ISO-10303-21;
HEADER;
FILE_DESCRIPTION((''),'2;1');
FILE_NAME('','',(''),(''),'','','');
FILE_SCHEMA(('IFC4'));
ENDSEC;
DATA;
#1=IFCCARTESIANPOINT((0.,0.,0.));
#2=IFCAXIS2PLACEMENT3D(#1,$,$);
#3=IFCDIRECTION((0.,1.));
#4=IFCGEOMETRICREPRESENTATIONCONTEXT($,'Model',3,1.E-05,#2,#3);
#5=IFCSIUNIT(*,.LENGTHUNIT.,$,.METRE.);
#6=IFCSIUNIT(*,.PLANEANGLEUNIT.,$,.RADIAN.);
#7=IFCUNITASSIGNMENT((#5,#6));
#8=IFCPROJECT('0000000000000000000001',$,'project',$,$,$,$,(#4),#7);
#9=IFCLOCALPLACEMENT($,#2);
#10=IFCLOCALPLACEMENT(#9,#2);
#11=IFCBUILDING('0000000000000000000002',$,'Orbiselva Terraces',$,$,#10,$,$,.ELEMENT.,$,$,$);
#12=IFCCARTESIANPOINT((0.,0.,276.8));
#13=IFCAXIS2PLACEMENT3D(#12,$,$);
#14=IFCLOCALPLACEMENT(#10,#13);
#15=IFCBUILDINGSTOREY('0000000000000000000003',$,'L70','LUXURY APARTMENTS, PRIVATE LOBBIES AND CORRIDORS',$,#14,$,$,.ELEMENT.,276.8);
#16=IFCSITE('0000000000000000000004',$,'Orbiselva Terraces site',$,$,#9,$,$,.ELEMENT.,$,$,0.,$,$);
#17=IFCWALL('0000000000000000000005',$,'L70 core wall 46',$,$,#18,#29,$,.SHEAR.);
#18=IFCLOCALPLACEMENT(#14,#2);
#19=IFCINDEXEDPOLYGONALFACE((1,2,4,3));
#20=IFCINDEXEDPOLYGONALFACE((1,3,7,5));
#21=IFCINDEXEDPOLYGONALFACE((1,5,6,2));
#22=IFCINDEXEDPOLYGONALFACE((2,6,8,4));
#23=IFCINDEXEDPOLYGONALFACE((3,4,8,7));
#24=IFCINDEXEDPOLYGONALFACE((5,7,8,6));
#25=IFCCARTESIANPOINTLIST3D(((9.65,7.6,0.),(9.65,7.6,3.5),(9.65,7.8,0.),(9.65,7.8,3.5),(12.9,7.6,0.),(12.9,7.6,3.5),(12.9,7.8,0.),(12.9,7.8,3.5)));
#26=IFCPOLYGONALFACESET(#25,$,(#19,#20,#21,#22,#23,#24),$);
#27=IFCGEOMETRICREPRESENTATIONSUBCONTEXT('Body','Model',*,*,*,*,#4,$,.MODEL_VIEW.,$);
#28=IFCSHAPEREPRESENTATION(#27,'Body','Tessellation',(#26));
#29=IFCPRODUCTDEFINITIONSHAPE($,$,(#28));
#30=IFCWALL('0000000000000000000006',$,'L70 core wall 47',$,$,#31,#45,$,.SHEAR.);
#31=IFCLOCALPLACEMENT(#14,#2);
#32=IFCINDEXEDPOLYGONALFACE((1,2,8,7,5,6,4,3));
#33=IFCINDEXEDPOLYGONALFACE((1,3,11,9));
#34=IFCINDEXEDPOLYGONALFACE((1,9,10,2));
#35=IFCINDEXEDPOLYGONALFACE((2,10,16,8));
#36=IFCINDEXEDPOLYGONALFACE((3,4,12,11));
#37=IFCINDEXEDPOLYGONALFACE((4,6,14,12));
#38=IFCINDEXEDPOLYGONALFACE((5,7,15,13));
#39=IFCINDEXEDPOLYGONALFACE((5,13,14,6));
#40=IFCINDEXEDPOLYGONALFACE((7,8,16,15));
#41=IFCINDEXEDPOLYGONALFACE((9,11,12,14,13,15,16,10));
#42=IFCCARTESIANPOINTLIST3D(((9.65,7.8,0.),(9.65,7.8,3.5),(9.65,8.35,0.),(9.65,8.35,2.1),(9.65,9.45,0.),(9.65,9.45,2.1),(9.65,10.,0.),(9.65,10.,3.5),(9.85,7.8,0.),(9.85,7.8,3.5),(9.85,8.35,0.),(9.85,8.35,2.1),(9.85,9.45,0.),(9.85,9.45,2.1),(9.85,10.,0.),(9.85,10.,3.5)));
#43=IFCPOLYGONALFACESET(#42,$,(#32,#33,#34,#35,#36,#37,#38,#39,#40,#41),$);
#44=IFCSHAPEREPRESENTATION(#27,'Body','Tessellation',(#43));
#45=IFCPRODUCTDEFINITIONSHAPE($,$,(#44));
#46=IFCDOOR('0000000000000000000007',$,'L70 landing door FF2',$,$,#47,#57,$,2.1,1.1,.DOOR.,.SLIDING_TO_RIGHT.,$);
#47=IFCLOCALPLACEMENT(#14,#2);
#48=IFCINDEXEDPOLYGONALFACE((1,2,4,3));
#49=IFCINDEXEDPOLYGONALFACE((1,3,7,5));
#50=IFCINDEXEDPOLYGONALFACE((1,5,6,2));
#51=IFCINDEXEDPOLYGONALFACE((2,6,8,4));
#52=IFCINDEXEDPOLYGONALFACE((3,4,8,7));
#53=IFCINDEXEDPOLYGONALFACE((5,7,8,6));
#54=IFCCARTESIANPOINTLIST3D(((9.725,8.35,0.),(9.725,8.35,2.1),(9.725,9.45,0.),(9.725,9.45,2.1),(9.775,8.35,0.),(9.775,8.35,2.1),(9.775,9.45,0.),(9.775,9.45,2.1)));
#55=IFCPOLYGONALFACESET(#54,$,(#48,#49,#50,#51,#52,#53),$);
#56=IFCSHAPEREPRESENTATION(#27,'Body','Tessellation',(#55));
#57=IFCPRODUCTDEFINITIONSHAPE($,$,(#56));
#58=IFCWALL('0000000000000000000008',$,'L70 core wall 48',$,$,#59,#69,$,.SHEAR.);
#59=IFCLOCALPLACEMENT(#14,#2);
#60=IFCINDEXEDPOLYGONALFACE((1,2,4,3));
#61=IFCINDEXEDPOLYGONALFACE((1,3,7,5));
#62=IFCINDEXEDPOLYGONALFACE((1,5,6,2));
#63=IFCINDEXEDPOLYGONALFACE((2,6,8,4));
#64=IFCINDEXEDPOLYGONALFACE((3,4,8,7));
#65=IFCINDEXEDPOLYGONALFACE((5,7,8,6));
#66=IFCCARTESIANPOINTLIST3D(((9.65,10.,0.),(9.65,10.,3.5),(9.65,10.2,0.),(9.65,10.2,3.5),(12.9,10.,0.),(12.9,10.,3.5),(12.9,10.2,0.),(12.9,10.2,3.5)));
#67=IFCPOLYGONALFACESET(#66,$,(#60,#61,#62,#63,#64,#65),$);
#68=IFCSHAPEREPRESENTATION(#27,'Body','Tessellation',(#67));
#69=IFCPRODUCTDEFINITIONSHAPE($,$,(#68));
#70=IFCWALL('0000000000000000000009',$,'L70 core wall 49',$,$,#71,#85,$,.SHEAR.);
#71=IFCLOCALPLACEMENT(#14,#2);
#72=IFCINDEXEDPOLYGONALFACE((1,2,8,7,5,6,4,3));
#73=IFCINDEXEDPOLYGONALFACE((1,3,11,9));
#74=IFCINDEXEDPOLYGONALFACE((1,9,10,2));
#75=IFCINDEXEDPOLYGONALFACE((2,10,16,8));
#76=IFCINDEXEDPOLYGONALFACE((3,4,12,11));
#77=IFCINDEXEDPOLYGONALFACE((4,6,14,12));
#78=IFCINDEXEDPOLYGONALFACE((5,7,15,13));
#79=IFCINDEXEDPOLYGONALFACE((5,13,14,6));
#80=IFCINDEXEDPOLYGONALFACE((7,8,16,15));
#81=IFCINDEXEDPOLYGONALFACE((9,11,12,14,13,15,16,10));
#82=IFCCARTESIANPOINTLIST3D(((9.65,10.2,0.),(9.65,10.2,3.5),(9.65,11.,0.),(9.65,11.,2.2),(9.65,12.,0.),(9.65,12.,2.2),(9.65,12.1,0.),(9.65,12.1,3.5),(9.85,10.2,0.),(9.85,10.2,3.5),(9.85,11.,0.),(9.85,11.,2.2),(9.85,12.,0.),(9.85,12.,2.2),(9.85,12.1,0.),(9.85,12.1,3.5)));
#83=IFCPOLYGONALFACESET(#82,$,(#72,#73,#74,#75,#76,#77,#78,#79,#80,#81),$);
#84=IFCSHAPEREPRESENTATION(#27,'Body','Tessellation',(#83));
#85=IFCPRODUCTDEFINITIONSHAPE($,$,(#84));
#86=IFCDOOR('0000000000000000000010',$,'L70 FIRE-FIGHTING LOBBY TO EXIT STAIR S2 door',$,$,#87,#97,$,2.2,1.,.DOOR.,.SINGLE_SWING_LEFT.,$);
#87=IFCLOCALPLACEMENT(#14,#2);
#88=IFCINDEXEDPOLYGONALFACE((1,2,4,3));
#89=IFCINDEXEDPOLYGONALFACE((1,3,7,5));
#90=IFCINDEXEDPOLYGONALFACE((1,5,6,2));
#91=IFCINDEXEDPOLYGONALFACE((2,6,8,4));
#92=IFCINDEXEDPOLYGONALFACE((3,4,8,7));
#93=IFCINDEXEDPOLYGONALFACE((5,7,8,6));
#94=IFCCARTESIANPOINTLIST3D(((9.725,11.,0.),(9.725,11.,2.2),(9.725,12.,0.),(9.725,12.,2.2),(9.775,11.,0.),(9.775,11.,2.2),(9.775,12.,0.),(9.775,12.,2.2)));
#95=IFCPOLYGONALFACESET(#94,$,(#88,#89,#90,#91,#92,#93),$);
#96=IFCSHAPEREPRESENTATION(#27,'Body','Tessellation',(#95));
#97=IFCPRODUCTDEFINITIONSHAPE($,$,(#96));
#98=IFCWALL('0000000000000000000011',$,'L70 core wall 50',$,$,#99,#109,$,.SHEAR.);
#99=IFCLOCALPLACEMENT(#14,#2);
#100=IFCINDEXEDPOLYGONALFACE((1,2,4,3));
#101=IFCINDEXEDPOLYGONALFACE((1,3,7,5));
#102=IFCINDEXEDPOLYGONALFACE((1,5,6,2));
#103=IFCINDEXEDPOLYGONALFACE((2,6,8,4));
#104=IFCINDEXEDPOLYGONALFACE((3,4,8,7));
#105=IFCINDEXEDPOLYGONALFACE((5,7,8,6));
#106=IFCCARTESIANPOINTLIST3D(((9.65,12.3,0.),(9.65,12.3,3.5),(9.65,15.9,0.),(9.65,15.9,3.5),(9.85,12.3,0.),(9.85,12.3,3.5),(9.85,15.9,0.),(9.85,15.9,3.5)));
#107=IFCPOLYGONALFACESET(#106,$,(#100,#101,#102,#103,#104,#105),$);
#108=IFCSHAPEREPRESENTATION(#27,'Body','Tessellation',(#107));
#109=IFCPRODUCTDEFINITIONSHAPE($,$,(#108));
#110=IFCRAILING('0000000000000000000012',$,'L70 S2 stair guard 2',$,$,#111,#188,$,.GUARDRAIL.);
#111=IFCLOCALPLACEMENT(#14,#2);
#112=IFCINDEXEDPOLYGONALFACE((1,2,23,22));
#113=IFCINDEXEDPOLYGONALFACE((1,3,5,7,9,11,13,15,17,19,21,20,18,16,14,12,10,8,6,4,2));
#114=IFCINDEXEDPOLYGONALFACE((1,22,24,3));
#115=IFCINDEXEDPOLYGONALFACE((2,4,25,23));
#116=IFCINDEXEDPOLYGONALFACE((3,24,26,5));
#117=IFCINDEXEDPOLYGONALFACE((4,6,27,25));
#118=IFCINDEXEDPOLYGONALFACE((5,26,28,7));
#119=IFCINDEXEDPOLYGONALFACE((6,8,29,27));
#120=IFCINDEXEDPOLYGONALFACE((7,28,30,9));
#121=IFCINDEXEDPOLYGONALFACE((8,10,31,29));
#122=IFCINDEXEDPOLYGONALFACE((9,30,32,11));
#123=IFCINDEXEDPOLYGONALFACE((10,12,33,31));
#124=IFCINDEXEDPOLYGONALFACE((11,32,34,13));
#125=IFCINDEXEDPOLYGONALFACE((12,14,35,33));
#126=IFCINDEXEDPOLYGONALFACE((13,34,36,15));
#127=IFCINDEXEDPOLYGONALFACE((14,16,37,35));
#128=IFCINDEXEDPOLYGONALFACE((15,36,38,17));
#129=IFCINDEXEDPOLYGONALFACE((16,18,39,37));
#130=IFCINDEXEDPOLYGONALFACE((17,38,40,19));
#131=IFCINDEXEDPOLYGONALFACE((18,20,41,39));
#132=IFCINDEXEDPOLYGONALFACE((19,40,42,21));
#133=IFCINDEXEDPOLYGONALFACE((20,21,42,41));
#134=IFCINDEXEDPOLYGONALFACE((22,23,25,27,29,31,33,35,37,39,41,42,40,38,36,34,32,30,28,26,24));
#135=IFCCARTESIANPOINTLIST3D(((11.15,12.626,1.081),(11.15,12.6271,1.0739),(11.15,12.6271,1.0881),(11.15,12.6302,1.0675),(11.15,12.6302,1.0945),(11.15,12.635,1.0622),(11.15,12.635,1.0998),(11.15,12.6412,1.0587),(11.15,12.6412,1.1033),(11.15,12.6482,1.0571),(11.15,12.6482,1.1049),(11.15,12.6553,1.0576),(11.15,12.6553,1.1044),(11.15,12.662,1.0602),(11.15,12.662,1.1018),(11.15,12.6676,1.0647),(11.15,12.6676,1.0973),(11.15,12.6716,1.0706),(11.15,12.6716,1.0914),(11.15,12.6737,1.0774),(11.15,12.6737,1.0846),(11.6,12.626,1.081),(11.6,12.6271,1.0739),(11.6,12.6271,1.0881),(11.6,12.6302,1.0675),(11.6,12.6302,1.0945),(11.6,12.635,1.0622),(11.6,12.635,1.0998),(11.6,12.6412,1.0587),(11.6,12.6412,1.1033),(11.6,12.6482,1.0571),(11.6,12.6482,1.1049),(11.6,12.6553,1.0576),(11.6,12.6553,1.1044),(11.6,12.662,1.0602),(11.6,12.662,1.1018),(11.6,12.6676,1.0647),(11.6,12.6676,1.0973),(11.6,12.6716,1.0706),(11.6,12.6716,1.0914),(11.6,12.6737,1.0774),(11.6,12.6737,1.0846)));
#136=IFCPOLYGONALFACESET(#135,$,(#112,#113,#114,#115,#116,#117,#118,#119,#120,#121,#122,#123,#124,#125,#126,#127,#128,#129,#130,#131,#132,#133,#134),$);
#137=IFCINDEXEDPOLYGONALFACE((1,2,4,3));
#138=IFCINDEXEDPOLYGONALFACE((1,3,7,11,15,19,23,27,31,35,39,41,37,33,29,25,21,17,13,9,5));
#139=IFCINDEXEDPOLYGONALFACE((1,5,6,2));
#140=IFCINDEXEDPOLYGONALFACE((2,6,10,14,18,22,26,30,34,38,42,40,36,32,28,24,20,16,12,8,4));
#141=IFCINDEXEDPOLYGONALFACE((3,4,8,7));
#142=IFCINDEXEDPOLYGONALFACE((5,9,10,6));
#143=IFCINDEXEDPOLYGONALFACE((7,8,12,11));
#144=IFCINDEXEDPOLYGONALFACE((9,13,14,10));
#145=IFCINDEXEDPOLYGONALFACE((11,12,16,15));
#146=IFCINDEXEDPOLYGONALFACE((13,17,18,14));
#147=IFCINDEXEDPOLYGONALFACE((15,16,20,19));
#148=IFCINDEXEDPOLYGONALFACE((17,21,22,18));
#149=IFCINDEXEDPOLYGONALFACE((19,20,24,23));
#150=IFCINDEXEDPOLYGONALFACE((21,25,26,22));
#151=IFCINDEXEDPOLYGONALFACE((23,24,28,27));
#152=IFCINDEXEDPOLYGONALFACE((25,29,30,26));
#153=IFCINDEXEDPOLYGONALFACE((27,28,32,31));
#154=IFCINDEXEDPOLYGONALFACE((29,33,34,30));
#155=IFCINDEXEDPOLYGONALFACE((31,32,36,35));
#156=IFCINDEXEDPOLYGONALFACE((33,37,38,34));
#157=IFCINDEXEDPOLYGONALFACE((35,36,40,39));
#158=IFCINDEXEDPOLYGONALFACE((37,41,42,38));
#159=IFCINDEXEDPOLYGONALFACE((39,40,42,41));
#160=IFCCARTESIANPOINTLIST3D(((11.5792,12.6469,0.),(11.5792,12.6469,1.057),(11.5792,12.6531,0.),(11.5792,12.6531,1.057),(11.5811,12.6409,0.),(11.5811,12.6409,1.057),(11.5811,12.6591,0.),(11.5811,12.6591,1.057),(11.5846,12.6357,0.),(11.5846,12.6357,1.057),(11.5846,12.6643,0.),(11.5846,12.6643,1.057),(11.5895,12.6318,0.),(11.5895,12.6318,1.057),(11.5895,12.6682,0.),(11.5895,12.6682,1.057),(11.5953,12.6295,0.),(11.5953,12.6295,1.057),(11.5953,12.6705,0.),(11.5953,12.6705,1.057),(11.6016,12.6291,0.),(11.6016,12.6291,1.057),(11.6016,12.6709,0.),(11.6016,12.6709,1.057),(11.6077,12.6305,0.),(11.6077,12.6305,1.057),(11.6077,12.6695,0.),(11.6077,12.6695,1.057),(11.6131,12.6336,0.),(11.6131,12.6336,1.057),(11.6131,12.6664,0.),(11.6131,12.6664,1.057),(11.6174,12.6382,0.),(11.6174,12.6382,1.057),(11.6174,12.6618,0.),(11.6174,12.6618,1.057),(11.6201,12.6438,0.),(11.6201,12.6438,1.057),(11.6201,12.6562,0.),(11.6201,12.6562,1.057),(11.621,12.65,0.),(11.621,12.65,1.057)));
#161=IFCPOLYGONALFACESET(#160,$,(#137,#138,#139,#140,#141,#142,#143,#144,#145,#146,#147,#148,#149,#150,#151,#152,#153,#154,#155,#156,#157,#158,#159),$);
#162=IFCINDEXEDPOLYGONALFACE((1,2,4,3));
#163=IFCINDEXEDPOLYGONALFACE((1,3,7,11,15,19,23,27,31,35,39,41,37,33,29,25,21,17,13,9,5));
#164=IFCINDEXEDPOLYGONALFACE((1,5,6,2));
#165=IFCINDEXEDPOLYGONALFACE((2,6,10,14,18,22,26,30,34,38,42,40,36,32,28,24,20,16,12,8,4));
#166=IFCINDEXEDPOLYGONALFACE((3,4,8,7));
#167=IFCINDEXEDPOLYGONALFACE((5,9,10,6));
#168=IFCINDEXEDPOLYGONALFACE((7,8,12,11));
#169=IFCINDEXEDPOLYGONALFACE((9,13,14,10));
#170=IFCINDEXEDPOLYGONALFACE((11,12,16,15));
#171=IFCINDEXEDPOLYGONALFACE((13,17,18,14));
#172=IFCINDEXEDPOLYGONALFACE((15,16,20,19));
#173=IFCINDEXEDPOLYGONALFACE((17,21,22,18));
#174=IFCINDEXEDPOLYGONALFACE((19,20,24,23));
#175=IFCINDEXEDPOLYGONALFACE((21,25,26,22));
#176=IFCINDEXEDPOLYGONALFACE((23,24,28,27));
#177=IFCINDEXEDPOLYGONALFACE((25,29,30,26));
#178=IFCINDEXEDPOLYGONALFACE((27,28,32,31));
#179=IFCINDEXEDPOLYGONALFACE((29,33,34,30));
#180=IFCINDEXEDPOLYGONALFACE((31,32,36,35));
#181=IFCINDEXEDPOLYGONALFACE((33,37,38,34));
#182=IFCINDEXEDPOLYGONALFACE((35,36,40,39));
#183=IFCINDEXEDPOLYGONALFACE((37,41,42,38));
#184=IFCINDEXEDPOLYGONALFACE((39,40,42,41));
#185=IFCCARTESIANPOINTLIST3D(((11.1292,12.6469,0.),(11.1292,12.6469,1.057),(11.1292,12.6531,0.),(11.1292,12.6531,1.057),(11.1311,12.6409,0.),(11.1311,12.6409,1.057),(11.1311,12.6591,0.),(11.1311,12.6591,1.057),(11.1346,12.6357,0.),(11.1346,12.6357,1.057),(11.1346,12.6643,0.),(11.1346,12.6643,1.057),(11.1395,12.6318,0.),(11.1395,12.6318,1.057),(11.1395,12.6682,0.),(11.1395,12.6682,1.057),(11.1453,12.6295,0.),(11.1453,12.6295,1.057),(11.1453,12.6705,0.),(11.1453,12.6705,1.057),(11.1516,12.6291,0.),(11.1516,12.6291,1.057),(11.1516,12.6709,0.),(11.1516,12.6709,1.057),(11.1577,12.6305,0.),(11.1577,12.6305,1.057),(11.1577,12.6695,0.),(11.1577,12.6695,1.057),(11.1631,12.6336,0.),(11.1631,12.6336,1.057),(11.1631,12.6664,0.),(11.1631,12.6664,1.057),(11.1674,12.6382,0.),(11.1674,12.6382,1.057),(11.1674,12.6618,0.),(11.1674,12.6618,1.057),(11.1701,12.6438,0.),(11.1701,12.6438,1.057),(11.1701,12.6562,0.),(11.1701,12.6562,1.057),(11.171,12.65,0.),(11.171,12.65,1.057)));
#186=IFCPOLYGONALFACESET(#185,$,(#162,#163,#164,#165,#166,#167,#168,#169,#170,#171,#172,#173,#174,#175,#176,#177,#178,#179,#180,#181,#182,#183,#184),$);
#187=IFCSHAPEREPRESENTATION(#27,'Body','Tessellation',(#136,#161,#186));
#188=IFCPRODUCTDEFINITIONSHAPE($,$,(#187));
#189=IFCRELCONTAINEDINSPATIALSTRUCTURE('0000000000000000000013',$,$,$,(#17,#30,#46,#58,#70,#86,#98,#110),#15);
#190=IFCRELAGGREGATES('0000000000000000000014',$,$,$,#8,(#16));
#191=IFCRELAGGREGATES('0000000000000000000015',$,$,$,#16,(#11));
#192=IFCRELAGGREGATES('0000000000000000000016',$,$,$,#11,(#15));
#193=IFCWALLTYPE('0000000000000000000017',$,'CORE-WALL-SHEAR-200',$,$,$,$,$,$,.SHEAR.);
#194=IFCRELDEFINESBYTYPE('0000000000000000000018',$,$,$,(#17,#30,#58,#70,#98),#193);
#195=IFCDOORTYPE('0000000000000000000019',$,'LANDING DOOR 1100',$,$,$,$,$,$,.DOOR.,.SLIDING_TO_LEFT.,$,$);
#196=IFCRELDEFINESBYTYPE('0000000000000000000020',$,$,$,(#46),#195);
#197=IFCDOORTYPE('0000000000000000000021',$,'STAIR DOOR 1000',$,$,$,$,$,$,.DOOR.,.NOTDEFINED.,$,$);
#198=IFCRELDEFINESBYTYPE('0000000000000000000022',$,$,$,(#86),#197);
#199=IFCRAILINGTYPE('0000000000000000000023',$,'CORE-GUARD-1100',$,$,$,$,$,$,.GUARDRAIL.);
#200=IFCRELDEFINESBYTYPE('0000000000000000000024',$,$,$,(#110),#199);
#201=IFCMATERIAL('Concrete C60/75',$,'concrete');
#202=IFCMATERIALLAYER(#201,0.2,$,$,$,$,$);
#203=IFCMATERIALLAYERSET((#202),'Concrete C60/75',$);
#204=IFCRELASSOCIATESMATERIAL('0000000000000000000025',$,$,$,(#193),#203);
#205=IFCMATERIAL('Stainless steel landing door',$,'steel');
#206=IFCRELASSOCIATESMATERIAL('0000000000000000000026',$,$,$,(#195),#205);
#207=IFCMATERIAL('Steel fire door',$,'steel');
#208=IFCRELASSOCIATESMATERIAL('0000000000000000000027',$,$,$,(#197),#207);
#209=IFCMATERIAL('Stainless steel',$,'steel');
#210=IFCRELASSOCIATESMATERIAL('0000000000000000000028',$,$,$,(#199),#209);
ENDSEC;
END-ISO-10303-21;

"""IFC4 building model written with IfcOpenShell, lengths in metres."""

from ifc_helpers import new_model, si_unit, direction, frame, frame_2d, origin, origin_2d, place, context, subcontext, project, spatial, rectangle, circle, extrude, material, layer, layer_set, type_object, element, fill, save


model = new_model("IFC4")

# Units and contexts
model_context = context("Model", 3, precision=1e-05, world=origin(), true_north=direction((0.0, 1.0)))
body_context = subcontext(model_context, "Body", "Model", "MODEL_VIEW")
ifc_project = project(units=[si_unit("LENGTHUNIT", "METRE"), si_unit("PLANEANGLEUNIT", "RADIAN")], contexts=[model_context])

# Site, building, storey
site_placement = place(None, origin())
site = spatial("IfcSite", under=ifc_project, at=site_placement, Name="Orbiselva Terraces site", CompositionType="ELEMENT", RefElevation=0.0)
building_placement = place(site_placement, origin())
building = spatial("IfcBuilding", under=site, at=building_placement, Name="Orbiselva Terraces", CompositionType="ELEMENT")
storey_placement = place(building_placement, frame((0.0, 0.0, 276.8)))
storey = spatial("IfcBuildingStorey", under=building, at=storey_placement, Name="L70", Description="LUXURY APARTMENTS, PRIVATE LOBBIES AND CORRIDORS", CompositionType="ELEMENT", Elevation=276.8)

# Shared definitions
ifc_material_1 = material(Name="Steel fire door", Category="steel")

# Shared definitions
ifc_material_2 = material(Name="Concrete C60/75", Category="concrete")
ifc_layer_1 = layer(ifc_material_2, 0.2)
ifc_layer_set_1 = layer_set([ifc_layer_1], Name="Concrete C60/75")
wall_type_1 = type_object("IfcWallType", Name="CORE-WALL-SHEAR-200", PredefinedType="SHEAR", material=ifc_layer_set_1)

# Shared definitions
ifc_material_3 = material(Name="Stainless steel landing door", Category="steel")
door_type_1 = type_object("IfcDoorType", Name="LANDING DOOR 1100", OperationType="SLIDING_TO_LEFT", PredefinedType="DOOR", material=ifc_material_3)

# Wall
wall_1_placement = place(storey_placement, frame((9.65, 7.7, 0.0), z_axis=(0.0, 0.0, 1.0), x_axis=(1.0, 0.0, 0.0)))
element("IfcWall", 1, at=wall_1_placement, inside=storey, type_object=wall_type_1, Name="L70 core wall 46", PredefinedType="SHEAR", context=body_context, shape_type="SweptSolid", body=[
    extrude(rectangle(XDim=3.25, YDim=0.2, at=frame_2d((1.625, 0.0))), origin(), (0.0, 0.0, 1.0), 3.5),
])

# Wall, opening, door
wall_2_placement = place(storey_placement, frame((9.75, 7.8, 0.0), z_axis=(0.0, 0.0, 1.0), x_axis=(0.0, 1.0, 0.0)))
wall_2 = element("IfcWall", 2, at=wall_2_placement, inside=storey, type_object=wall_type_1, Name="L70 core wall 47", PredefinedType="SHEAR", context=body_context, shape_type="SweptSolid", body=[
    extrude(rectangle(XDim=2.2, YDim=0.2, at=frame_2d((1.1, 0.0))), origin(), (0.0, 0.0, 1.0), 3.5),
])
opening_1_placement = place(wall_2_placement, frame((0.55, 0.0, 0.0)))
opening_1 = element("IfcOpeningElement", 3, at=opening_1_placement, cuts=wall_2, PredefinedType="OPENING", context=body_context, shape_type="SweptSolid", body=[
    extrude(rectangle(XDim=1.1, YDim=2.1, at=frame_2d((0.55, 1.05))), frame((0.0, 0.11, 0.0), z_axis=(0.0, -1.0, 0.0), x_axis=(1.0, 0.0, 0.0)), (0.0, 0.0, 1.0), 0.22),
])
door_1_placement = place(opening_1_placement, origin())
door_1 = element("IfcDoor", 4, at=door_1_placement, inside=storey, type_object=door_type_1, Name="L70 landing door FF2", OperationType="SLIDING_TO_RIGHT", OverallHeight=2.1, OverallWidth=1.1, PredefinedType="DOOR", context=body_context, shape_type="SweptSolid", body=[
    extrude(rectangle(XDim=1.1, YDim=2.1, at=frame_2d((0.55, 1.05))), frame((0.0, 0.025, 0.0), z_axis=(0.0, -1.0, 0.0), x_axis=(1.0, 0.0, 0.0)), (0.0, 0.0, 1.0), 0.05),
])
fill(opening_1, door_1)

# Wall
wall_3_placement = place(storey_placement, frame((9.65, 10.1, 0.0), z_axis=(0.0, 0.0, 1.0), x_axis=(1.0, 0.0, 0.0)))
element("IfcWall", 5, at=wall_3_placement, inside=storey, type_object=wall_type_1, Name="L70 core wall 48", PredefinedType="SHEAR", context=body_context, shape_type="SweptSolid", body=[
    extrude(rectangle(XDim=3.25, YDim=0.2, at=frame_2d((1.625, 0.0))), origin(), (0.0, 0.0, 1.0), 3.5),
])

# Wall, opening, door
wall_4_placement = place(storey_placement, frame((9.75, 12.1, 0.0), z_axis=(0.0, 0.0, 1.0), x_axis=(0.0, -1.0, 0.0)))
wall_4 = element("IfcWall", 6, at=wall_4_placement, inside=storey, type_object=wall_type_1, Name="L70 core wall 49", PredefinedType="SHEAR", context=body_context, shape_type="SweptSolid", body=[
    extrude(rectangle(XDim=1.9, YDim=0.2, at=frame_2d((0.95, 0.0))), origin(), (0.0, 0.0, 1.0), 3.5),
])
opening_2_placement = place(wall_4_placement, frame((0.1, 0.0, 0.0)))
opening_2 = element("IfcOpeningElement", 7, at=opening_2_placement, cuts=wall_4, PredefinedType="OPENING", context=body_context, shape_type="SweptSolid", body=[
    extrude(rectangle(XDim=1.0, YDim=2.2, at=frame_2d((0.5, 1.1))), frame((0.0, 0.11, 0.0), z_axis=(0.0, -1.0, 0.0), x_axis=(1.0, 0.0, 0.0)), (0.0, 0.0, 1.0), 0.22),
])
door_type_2 = type_object("IfcDoorType", Name="STAIR DOOR 1000", OperationType="NOTDEFINED", PredefinedType="DOOR", material=ifc_material_1)
door_2_placement = place(opening_2_placement, origin())
door_2 = element("IfcDoor", 8, at=door_2_placement, inside=storey, type_object=door_type_2, Name="L70 FIRE-FIGHTING LOBBY TO EXIT STAIR S2 door", OperationType="SINGLE_SWING_LEFT", OverallHeight=2.2, OverallWidth=1.0, PredefinedType="DOOR", context=body_context, shape_type="SweptSolid", body=[
    extrude(rectangle(XDim=1.0, YDim=2.2, at=frame_2d((0.5, 1.1))), frame((0.0, 0.025, 0.0), z_axis=(0.0, -1.0, 0.0), x_axis=(1.0, 0.0, 0.0)), (0.0, 0.0, 1.0), 0.05),
])
fill(opening_2, door_2)

# Wall
wall_5_placement = place(storey_placement, frame((9.75, 12.3, 0.0), z_axis=(0.0, 0.0, 1.0), x_axis=(0.0, 1.0, 0.0)))
element("IfcWall", 9, at=wall_5_placement, inside=storey, type_object=wall_type_1, Name="L70 core wall 50", PredefinedType="SHEAR", context=body_context, shape_type="SweptSolid", body=[
    extrude(rectangle(XDim=3.6, YDim=0.2, at=frame_2d((1.8, 0.0))), origin(), (0.0, 0.0, 1.0), 3.5),
])

# Railing
ifc_material_4 = material(Name="Stainless steel", Category="steel")
railing_type = type_object("IfcRailingType", Name="CORE-GUARD-1100", PredefinedType="GUARDRAIL", material=ifc_material_4)
railing_1_placement = place(storey_placement, frame((11.6, 12.65, 0.0)))
element("IfcRailing", 10, at=railing_1_placement, inside=storey, type_object=railing_type, Name="L70 S2 stair guard 2", PredefinedType="GUARDRAIL", context=body_context, shape_type="SweptSolid", body=[
    extrude(circle(Radius=0.024, at=origin_2d()), frame((0.0, 0.0, 1.081), z_axis=(-1.0, 0.0, 0.0), x_axis=(0.0, -1.0, 0.0)), (0.0, 0.0, 1.0), 0.45),
    extrude(circle(Radius=0.021, at=origin_2d()), origin(), (0.0, 0.0, 1.0), 1.057),
    extrude(circle(Radius=0.021, at=origin_2d()), frame((-0.45, 0.0, 0.0)), (0.0, 0.0, 1.0), 1.057),
])

save(model, "model.ifc")
